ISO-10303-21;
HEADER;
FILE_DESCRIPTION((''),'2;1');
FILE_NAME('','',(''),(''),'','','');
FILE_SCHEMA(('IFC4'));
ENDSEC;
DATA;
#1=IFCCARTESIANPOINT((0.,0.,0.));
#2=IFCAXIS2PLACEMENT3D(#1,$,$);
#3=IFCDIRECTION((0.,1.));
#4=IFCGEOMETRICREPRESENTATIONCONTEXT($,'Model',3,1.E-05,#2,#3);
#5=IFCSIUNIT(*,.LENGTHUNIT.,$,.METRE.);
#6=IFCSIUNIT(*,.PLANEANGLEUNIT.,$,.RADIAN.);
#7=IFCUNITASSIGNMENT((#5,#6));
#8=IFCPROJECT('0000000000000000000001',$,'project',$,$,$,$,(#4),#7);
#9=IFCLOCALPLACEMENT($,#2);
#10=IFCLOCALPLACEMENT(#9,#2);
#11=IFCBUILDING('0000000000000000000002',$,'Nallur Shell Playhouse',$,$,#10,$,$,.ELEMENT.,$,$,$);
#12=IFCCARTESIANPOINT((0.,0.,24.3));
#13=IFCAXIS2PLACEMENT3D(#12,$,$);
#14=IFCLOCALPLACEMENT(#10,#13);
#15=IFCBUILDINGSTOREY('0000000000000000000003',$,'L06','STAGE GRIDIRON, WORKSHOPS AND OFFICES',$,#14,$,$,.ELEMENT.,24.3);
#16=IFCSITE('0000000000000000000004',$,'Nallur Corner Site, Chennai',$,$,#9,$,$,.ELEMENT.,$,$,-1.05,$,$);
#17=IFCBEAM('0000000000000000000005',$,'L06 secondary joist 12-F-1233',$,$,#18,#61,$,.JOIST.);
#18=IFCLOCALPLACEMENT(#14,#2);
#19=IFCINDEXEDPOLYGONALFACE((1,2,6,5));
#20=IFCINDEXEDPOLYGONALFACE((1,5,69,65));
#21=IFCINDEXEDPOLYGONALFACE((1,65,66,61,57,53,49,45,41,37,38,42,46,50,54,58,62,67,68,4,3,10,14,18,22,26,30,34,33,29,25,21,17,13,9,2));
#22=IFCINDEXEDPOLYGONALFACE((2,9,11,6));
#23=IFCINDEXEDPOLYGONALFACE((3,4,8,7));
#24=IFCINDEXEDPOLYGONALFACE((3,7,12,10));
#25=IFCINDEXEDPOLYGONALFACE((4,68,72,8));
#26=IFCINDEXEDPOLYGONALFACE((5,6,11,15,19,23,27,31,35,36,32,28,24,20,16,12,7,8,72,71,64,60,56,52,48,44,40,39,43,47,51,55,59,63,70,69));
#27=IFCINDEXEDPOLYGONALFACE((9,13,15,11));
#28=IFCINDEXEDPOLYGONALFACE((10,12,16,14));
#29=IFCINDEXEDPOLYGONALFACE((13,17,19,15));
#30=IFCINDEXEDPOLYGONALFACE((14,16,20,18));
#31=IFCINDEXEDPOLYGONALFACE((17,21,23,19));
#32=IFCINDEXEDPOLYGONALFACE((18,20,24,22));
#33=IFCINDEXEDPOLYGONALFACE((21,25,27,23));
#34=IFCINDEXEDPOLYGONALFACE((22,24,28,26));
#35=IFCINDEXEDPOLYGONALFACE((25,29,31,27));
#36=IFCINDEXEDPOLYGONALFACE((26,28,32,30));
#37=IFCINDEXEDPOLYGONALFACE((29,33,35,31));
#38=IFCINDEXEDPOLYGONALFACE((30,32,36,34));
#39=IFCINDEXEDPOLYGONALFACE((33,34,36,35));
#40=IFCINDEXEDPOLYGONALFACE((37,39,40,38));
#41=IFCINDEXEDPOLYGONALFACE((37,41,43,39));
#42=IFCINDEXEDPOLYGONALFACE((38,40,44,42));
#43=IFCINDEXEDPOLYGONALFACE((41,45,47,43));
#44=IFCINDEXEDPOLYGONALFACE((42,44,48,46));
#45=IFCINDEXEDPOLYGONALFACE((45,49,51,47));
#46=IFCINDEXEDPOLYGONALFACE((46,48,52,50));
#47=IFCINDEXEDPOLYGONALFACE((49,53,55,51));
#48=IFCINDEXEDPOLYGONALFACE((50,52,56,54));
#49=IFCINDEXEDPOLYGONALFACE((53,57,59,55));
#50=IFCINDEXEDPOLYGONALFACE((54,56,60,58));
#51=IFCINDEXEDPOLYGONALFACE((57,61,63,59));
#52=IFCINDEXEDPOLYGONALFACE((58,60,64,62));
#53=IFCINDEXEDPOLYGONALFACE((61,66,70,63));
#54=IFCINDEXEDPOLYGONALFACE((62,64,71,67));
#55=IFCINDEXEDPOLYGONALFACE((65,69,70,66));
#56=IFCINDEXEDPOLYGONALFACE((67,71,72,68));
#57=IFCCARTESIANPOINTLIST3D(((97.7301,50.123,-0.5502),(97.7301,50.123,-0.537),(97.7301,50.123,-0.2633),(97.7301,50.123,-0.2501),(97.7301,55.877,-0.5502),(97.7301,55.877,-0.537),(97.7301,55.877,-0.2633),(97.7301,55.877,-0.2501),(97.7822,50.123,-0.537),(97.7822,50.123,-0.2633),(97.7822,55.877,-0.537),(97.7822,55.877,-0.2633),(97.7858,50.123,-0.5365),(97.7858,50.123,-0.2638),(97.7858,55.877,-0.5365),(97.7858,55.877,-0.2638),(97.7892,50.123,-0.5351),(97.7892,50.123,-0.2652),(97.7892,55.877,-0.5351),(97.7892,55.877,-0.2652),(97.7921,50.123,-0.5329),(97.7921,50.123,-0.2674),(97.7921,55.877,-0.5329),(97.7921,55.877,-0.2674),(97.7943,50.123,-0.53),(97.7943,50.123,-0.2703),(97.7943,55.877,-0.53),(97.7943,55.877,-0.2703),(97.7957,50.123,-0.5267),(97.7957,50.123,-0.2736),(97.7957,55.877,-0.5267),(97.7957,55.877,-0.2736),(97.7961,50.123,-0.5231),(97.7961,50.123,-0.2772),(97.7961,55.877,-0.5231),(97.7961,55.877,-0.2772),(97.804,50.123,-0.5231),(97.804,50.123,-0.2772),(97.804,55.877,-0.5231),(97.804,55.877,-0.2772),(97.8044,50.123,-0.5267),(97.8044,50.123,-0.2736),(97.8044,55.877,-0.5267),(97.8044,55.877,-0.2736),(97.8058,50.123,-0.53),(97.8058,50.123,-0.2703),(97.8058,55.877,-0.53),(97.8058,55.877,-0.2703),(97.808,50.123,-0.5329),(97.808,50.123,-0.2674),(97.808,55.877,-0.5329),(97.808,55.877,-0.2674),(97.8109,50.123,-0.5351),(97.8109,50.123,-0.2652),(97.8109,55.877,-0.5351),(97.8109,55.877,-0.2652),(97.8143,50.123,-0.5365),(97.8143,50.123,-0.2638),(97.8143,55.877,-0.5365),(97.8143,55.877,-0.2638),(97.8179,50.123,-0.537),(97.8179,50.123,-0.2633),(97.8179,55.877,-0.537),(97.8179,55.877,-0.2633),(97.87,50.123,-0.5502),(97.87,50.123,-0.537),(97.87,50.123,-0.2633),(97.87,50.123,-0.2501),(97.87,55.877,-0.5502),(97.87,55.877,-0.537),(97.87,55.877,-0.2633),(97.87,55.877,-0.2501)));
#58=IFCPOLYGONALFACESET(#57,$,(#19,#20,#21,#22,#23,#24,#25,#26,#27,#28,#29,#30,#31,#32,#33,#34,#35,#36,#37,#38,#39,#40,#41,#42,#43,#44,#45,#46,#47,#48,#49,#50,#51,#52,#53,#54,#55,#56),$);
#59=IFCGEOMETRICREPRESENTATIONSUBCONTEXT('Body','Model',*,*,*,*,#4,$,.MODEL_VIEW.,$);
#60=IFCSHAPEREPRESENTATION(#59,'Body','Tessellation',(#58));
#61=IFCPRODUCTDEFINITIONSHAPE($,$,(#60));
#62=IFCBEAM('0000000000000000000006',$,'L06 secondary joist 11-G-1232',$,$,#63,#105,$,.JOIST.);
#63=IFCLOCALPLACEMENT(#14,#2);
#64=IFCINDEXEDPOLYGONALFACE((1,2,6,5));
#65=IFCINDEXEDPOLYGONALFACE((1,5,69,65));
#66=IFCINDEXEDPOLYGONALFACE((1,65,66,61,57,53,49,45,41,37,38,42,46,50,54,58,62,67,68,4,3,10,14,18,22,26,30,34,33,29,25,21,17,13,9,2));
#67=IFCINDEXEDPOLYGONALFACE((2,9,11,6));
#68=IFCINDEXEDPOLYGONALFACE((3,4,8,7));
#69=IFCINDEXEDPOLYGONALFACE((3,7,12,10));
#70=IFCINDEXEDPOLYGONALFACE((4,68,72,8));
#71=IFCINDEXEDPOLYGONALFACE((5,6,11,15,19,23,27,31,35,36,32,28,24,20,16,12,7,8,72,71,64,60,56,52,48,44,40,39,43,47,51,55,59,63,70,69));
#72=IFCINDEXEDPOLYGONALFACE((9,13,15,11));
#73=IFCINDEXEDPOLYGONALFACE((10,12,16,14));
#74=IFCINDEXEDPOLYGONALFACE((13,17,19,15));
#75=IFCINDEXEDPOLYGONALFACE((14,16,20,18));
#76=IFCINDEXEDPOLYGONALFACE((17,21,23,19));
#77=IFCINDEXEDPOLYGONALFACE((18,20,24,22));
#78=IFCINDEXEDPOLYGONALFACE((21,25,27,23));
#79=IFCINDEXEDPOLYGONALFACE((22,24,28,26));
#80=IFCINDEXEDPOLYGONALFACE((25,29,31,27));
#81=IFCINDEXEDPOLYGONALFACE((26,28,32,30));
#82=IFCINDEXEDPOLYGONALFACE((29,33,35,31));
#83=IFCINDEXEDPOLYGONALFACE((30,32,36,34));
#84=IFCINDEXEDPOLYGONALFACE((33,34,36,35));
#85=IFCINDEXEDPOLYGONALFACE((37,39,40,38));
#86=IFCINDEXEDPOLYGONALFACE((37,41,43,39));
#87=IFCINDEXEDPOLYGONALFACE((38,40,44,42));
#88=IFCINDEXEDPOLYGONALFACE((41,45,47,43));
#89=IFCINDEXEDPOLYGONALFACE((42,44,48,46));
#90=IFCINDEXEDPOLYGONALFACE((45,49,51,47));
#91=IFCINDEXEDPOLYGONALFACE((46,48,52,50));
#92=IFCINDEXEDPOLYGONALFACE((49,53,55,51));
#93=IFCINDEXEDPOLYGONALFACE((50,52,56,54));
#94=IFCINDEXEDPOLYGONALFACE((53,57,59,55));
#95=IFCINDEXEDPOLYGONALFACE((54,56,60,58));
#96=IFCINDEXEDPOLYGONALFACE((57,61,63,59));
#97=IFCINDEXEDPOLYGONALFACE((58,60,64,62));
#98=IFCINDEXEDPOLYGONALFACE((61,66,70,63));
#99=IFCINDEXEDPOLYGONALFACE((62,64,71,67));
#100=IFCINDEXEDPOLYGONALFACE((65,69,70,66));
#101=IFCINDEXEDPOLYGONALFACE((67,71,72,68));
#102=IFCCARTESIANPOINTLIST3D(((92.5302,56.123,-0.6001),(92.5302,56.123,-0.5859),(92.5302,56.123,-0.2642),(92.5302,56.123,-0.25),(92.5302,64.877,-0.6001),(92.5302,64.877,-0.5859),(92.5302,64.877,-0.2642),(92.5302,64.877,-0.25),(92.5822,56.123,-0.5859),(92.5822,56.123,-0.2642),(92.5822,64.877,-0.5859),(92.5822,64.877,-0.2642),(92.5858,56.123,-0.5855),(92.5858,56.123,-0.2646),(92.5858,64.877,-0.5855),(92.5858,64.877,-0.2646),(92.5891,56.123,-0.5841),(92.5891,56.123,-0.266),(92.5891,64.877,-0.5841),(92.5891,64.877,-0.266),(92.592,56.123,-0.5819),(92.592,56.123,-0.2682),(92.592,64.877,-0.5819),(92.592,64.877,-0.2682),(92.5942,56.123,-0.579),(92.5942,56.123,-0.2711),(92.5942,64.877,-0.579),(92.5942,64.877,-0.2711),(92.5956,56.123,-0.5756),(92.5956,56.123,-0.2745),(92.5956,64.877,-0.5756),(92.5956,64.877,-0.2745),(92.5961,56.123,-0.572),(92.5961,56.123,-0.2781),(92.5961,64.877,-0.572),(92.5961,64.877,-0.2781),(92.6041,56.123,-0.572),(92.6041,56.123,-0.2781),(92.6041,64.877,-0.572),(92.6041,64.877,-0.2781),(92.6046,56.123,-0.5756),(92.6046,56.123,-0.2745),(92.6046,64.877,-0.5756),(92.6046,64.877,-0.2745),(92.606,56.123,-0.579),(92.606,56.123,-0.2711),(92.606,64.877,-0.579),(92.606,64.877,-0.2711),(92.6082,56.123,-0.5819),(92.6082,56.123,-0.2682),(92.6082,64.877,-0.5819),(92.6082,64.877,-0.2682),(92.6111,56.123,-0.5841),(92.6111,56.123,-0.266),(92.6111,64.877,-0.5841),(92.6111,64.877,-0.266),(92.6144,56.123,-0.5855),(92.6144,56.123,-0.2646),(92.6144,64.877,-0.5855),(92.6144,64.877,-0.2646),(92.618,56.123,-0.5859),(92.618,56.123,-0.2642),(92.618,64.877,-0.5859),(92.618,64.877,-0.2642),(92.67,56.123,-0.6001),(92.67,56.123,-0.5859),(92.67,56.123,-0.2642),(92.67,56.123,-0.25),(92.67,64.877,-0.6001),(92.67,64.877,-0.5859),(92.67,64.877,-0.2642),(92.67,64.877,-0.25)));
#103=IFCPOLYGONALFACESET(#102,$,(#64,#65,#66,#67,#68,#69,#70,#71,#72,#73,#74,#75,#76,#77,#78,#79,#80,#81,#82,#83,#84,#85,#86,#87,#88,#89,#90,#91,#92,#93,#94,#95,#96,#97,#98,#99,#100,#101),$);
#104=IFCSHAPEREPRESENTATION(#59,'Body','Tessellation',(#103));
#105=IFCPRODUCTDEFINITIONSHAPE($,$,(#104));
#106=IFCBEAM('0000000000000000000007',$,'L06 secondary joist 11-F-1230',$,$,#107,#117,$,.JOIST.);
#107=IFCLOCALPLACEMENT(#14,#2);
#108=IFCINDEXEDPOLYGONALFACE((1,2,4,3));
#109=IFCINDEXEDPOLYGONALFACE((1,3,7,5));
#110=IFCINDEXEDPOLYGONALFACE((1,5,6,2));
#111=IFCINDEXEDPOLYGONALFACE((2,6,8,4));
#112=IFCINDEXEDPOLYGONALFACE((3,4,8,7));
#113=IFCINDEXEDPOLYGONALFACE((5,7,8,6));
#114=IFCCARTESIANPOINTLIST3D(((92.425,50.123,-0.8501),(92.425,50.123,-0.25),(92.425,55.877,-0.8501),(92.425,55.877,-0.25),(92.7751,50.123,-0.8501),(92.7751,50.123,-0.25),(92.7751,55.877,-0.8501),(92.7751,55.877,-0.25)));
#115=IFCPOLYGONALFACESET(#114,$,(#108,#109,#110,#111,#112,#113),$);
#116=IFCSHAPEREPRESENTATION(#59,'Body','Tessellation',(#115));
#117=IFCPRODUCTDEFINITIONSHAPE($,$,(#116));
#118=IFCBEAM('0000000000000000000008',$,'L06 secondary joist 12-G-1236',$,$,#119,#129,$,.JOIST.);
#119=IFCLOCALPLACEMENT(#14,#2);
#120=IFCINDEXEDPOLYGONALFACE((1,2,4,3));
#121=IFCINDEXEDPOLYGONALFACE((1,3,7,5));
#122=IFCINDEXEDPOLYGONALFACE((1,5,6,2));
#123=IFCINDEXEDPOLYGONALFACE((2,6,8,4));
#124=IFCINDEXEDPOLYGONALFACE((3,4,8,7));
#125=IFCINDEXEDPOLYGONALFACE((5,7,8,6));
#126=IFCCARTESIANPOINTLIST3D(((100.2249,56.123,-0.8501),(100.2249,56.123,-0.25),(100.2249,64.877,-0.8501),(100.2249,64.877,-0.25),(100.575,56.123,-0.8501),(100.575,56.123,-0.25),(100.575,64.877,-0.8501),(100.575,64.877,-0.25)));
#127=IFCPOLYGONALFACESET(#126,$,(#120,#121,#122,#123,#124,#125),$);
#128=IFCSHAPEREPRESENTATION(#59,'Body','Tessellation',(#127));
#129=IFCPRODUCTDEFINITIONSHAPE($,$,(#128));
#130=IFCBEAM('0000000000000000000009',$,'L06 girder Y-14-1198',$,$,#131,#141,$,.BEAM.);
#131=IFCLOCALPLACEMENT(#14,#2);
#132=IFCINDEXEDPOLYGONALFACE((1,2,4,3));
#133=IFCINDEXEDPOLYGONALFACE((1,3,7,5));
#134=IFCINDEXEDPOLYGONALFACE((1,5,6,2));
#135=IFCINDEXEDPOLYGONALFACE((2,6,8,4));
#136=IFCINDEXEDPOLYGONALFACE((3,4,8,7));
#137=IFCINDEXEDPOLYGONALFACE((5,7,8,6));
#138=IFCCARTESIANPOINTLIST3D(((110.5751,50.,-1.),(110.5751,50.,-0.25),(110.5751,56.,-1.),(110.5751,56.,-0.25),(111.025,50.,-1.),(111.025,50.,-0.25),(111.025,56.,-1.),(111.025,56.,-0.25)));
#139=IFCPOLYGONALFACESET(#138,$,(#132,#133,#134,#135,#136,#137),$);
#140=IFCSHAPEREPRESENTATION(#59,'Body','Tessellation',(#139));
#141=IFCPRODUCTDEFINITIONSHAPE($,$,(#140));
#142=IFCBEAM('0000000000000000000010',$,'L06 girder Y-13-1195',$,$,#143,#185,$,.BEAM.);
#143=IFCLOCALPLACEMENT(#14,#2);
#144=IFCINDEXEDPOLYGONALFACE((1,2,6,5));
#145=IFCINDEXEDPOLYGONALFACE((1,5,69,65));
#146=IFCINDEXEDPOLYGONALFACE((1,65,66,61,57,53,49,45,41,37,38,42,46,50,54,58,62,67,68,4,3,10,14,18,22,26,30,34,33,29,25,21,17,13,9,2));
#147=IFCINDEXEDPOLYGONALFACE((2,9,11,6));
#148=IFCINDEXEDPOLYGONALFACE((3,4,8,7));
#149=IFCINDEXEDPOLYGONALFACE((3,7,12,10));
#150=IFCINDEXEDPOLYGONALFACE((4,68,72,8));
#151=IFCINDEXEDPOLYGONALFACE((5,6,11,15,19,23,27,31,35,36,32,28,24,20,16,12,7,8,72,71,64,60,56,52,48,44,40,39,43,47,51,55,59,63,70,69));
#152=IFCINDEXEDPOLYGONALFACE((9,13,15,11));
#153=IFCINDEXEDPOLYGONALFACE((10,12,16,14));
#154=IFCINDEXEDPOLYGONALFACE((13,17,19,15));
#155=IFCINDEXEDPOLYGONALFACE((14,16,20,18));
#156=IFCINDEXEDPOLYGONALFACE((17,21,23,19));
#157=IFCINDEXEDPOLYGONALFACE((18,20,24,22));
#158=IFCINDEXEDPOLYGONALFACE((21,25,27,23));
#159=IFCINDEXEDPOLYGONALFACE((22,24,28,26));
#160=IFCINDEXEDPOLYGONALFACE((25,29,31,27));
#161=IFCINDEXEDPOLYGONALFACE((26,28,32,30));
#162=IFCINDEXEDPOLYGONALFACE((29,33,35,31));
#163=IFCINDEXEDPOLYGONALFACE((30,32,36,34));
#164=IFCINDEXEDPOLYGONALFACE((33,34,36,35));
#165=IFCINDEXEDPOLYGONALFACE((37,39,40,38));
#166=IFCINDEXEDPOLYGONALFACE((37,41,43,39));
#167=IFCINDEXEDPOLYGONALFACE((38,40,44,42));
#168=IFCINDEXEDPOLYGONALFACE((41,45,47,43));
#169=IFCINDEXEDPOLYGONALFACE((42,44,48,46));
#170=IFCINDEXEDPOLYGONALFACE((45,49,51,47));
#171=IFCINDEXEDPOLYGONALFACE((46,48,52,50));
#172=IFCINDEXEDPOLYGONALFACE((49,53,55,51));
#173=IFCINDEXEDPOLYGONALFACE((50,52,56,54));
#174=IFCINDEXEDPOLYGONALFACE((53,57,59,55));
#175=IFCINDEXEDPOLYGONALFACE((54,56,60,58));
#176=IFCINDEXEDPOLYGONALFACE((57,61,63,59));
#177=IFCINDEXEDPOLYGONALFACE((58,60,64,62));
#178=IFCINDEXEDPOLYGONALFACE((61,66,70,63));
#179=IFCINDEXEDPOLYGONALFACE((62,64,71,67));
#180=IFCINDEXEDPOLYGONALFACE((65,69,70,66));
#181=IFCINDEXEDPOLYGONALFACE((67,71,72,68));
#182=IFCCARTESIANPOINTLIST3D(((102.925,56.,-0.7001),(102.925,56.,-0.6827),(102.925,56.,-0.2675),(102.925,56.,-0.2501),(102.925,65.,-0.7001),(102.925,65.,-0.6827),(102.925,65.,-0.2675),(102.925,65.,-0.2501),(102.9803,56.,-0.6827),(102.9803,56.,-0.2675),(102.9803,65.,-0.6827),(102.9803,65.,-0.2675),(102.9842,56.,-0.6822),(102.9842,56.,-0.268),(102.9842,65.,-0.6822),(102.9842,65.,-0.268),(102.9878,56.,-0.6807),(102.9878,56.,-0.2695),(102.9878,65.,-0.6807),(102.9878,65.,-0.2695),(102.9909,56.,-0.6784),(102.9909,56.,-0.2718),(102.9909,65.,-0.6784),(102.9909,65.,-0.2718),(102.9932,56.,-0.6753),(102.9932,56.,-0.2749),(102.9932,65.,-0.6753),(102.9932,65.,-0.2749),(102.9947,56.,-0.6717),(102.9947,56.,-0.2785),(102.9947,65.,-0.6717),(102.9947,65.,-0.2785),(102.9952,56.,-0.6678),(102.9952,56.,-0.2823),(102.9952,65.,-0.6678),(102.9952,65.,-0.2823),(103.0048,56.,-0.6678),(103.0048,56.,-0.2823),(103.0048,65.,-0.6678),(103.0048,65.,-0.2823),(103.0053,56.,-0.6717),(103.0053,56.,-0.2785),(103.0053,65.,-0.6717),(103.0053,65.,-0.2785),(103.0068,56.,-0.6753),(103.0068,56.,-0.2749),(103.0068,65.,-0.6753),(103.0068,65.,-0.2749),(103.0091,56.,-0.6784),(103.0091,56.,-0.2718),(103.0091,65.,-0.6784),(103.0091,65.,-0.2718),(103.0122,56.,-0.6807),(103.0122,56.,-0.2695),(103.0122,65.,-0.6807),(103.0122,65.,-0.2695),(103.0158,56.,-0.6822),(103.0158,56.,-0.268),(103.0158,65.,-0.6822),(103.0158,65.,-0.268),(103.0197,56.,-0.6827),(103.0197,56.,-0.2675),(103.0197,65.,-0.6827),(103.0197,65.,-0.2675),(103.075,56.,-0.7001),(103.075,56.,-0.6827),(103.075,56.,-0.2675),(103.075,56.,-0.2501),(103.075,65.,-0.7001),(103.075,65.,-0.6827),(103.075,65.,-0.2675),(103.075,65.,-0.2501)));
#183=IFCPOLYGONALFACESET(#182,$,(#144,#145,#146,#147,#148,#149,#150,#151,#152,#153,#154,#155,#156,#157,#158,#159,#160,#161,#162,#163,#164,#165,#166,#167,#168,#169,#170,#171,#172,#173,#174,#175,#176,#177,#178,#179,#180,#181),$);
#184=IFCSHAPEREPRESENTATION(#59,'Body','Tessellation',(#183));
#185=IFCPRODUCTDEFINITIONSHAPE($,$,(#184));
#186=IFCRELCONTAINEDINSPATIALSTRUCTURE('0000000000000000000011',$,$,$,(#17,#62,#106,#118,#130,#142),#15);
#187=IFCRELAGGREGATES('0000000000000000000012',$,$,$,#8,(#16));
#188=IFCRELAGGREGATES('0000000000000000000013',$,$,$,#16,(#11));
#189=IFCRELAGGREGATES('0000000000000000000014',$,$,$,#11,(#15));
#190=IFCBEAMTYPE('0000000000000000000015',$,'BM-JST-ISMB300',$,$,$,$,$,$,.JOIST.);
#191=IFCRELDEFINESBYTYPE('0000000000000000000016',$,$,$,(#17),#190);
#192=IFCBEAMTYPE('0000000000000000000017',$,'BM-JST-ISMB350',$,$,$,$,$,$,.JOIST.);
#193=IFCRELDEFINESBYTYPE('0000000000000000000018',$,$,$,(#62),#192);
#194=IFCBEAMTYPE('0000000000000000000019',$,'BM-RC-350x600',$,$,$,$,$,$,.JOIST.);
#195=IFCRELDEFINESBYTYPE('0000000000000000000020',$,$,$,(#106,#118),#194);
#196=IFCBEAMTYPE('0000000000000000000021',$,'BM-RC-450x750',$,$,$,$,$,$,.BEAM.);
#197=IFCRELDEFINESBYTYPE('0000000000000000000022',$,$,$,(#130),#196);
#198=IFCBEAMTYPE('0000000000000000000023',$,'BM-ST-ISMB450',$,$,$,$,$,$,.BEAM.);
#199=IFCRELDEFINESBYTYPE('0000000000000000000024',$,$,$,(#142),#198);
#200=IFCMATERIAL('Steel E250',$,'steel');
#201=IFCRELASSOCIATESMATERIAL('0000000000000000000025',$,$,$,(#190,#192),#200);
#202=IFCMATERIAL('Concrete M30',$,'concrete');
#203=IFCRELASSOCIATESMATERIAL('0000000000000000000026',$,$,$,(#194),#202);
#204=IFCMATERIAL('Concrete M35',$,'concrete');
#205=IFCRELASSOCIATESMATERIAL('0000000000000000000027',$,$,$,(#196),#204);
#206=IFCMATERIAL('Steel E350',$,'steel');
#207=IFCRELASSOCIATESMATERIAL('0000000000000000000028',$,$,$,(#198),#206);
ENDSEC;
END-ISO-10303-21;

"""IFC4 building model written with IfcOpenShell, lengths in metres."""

from ifc_helpers import new_model, si_unit, direction, frame, origin, origin_2d, place, context, subcontext, project, spatial, rectangle, i_section, extrude, material, material_profile, profile_set, type_object, element, save


model = new_model("IFC4")

# Units and contexts
model_context = context("Model", 3, precision=1e-05, world=origin(), true_north=direction((0.0, 1.0)))
body_context = subcontext(model_context, "Body", "Model", "MODEL_VIEW")
ifc_project = project(units=[si_unit("LENGTHUNIT", "METRE"), si_unit("PLANEANGLEUNIT", "RADIAN")], contexts=[model_context])

# Site, building, storey
site_placement = place(None, origin())
site = spatial("IfcSite", under=ifc_project, at=site_placement, Name="Nallur Corner Site, Chennai", CompositionType="ELEMENT", RefElevation=-1.05)
building_placement = place(site_placement, origin())
building = spatial("IfcBuilding", under=site, at=building_placement, Name="Nallur Shell Playhouse", CompositionType="ELEMENT")
storey_placement = place(building_placement, frame((0.0, 0.0, 24.3)))
storey = spatial("IfcBuildingStorey", under=building, at=storey_placement, Name="L06", Description="STAGE GRIDIRON, WORKSHOPS AND OFFICES", CompositionType="ELEMENT", Elevation=24.3)

# Shared definitions
ifc_material_1 = material(Name="Steel E350", Category="steel")

# Beams
ifc_material_2 = material(Name="Steel E250", Category="steel")
ifc_material_profile_1 = material_profile(ifc_material_2, i_section(OverallWidth=0.1399, OverallDepth=0.3, WebThickness=0.0078, FlangeThickness=0.0132, FilletRadius=0.0139, at=origin_2d()), Name="ISMB 300")
ifc_profile_set_1 = profile_set([ifc_material_profile_1], Name="Steel E250")
beam_type_1 = type_object("IfcBeamType", Name="BM-JST-ISMB300", PredefinedType="JOIST", material=ifc_profile_set_1)
beam_1_placement = place(storey_placement, frame((97.8, 50.123, -0.4001), z_axis=(0.0, 1.0, 0.0), x_axis=(-1.0, 0.0, 0.0)))
element("IfcBeam", 1, at=beam_1_placement, inside=storey, type_object=beam_type_1, Name="L06 secondary joist 12-F-1233", PredefinedType="JOIST", context=body_context, shape_type="SweptSolid", body=[
    extrude(i_section(OverallWidth=0.1399, OverallDepth=0.3, WebThickness=0.0078, FlangeThickness=0.0132, FilletRadius=0.0139, at=origin_2d()), origin(), (0.0, 0.0, 1.0), 5.7539),
])
ifc_material_profile_2 = material_profile(ifc_material_2, i_section(OverallWidth=0.1399, OverallDepth=0.3501, WebThickness=0.0081, FlangeThickness=0.0142, FilletRadius=0.0139, at=origin_2d()), Name="ISMB 350")
ifc_profile_set_2 = profile_set([ifc_material_profile_2], Name="Steel E250")
beam_type_2 = type_object("IfcBeamType", Name="BM-JST-ISMB350", PredefinedType="JOIST", material=ifc_profile_set_2)
beam_2_placement = place(storey_placement, frame((92.6001, 56.123, -0.425), z_axis=(0.0, 1.0, 0.0), x_axis=(-1.0, 0.0, 0.0)))
element("IfcBeam", 2, at=beam_2_placement, inside=storey, type_object=beam_type_2, Name="L06 secondary joist 11-G-1232", PredefinedType="JOIST", context=body_context, shape_type="SweptSolid", body=[
    extrude(i_section(OverallWidth=0.1399, OverallDepth=0.3501, WebThickness=0.0081, FlangeThickness=0.0142, FilletRadius=0.0139, at=origin_2d()), origin(), (0.0, 0.0, 1.0), 8.7539),
])
ifc_material_3 = material(Name="Concrete M30", Category="concrete")
ifc_material_profile_3 = material_profile(ifc_material_3, rectangle(XDim=0.3501, YDim=0.6001, at=origin_2d()), Name="RC 350x600")
ifc_profile_set_3 = profile_set([ifc_material_profile_3], Name="Concrete M30")
beam_type_3 = type_object("IfcBeamType", Name="BM-RC-350x600", PredefinedType="JOIST", material=ifc_profile_set_3)
beam_3_placement = place(storey_placement, frame((92.6001, 50.123, -0.55), z_axis=(0.0, 1.0, 0.0), x_axis=(-1.0, 0.0, 0.0)))
element("IfcBeam", 3, at=beam_3_placement, inside=storey, type_object=beam_type_3, Name="L06 secondary joist 11-F-1230", PredefinedType="JOIST", context=body_context, shape_type="SweptSolid", body=[
    extrude(rectangle(XDim=0.3501, YDim=0.6001, at=origin_2d()), origin(), (0.0, 0.0, 1.0), 5.7539),
])
beam_4_placement = place(storey_placement, frame((100.3999, 56.123, -0.55), z_axis=(0.0, 1.0, 0.0), x_axis=(-1.0, 0.0, 0.0)))
element("IfcBeam", 4, at=beam_4_placement, inside=storey, type_object=beam_type_3, Name="L06 secondary joist 12-G-1236", PredefinedType="JOIST", context=body_context, shape_type="SweptSolid", body=[
    extrude(rectangle(XDim=0.3501, YDim=0.6001, at=origin_2d()), origin(), (0.0, 0.0, 1.0), 8.7539),
])
ifc_material_4 = material(Name="Concrete M35", Category="concrete")
ifc_material_profile_4 = material_profile(ifc_material_4, rectangle(XDim=0.45, YDim=0.75, at=origin_2d()), Name="RC 450x750")
ifc_profile_set_4 = profile_set([ifc_material_profile_4], Name="Concrete M35")
beam_type_4 = type_object("IfcBeamType", Name="BM-RC-450x750", PredefinedType="BEAM", material=ifc_profile_set_4)
beam_5_placement = place(storey_placement, frame((110.8, 50.0, -0.625), z_axis=(0.0, 1.0, 0.0), x_axis=(-1.0, 0.0, 0.0)))
element("IfcBeam", 5, at=beam_5_placement, inside=storey, type_object=beam_type_4, Name="L06 girder Y-14-1198", PredefinedType="BEAM", context=body_context, shape_type="SweptSolid", body=[
    extrude(rectangle(XDim=0.45, YDim=0.75, at=origin_2d()), origin(), (0.0, 0.0, 1.0), 6.0),
])
ifc_material_profile_5 = material_profile(ifc_material_1, i_section(OverallWidth=0.1499, OverallDepth=0.45, WebThickness=0.0095, FlangeThickness=0.0173, FilletRadius=0.0149, at=origin_2d()), Name="ISMB 450")
ifc_profile_set_5 = profile_set([ifc_material_profile_5], Name="Steel E350")
beam_type_5 = type_object("IfcBeamType", Name="BM-ST-ISMB450", PredefinedType="BEAM", material=ifc_profile_set_5)
beam_6_placement = place(storey_placement, frame((103.0, 56.0, -0.4751), z_axis=(0.0, 1.0, 0.0), x_axis=(-1.0, 0.0, 0.0)))
element("IfcBeam", 6, at=beam_6_placement, inside=storey, type_object=beam_type_5, Name="L06 girder Y-13-1195", PredefinedType="BEAM", context=body_context, shape_type="SweptSolid", body=[
    extrude(i_section(OverallWidth=0.1499, OverallDepth=0.45, WebThickness=0.0095, FlangeThickness=0.0173, FilletRadius=0.0149, at=origin_2d()), origin(), (0.0, 0.0, 1.0), 9.0),
])

save(model, "model.ifc")
